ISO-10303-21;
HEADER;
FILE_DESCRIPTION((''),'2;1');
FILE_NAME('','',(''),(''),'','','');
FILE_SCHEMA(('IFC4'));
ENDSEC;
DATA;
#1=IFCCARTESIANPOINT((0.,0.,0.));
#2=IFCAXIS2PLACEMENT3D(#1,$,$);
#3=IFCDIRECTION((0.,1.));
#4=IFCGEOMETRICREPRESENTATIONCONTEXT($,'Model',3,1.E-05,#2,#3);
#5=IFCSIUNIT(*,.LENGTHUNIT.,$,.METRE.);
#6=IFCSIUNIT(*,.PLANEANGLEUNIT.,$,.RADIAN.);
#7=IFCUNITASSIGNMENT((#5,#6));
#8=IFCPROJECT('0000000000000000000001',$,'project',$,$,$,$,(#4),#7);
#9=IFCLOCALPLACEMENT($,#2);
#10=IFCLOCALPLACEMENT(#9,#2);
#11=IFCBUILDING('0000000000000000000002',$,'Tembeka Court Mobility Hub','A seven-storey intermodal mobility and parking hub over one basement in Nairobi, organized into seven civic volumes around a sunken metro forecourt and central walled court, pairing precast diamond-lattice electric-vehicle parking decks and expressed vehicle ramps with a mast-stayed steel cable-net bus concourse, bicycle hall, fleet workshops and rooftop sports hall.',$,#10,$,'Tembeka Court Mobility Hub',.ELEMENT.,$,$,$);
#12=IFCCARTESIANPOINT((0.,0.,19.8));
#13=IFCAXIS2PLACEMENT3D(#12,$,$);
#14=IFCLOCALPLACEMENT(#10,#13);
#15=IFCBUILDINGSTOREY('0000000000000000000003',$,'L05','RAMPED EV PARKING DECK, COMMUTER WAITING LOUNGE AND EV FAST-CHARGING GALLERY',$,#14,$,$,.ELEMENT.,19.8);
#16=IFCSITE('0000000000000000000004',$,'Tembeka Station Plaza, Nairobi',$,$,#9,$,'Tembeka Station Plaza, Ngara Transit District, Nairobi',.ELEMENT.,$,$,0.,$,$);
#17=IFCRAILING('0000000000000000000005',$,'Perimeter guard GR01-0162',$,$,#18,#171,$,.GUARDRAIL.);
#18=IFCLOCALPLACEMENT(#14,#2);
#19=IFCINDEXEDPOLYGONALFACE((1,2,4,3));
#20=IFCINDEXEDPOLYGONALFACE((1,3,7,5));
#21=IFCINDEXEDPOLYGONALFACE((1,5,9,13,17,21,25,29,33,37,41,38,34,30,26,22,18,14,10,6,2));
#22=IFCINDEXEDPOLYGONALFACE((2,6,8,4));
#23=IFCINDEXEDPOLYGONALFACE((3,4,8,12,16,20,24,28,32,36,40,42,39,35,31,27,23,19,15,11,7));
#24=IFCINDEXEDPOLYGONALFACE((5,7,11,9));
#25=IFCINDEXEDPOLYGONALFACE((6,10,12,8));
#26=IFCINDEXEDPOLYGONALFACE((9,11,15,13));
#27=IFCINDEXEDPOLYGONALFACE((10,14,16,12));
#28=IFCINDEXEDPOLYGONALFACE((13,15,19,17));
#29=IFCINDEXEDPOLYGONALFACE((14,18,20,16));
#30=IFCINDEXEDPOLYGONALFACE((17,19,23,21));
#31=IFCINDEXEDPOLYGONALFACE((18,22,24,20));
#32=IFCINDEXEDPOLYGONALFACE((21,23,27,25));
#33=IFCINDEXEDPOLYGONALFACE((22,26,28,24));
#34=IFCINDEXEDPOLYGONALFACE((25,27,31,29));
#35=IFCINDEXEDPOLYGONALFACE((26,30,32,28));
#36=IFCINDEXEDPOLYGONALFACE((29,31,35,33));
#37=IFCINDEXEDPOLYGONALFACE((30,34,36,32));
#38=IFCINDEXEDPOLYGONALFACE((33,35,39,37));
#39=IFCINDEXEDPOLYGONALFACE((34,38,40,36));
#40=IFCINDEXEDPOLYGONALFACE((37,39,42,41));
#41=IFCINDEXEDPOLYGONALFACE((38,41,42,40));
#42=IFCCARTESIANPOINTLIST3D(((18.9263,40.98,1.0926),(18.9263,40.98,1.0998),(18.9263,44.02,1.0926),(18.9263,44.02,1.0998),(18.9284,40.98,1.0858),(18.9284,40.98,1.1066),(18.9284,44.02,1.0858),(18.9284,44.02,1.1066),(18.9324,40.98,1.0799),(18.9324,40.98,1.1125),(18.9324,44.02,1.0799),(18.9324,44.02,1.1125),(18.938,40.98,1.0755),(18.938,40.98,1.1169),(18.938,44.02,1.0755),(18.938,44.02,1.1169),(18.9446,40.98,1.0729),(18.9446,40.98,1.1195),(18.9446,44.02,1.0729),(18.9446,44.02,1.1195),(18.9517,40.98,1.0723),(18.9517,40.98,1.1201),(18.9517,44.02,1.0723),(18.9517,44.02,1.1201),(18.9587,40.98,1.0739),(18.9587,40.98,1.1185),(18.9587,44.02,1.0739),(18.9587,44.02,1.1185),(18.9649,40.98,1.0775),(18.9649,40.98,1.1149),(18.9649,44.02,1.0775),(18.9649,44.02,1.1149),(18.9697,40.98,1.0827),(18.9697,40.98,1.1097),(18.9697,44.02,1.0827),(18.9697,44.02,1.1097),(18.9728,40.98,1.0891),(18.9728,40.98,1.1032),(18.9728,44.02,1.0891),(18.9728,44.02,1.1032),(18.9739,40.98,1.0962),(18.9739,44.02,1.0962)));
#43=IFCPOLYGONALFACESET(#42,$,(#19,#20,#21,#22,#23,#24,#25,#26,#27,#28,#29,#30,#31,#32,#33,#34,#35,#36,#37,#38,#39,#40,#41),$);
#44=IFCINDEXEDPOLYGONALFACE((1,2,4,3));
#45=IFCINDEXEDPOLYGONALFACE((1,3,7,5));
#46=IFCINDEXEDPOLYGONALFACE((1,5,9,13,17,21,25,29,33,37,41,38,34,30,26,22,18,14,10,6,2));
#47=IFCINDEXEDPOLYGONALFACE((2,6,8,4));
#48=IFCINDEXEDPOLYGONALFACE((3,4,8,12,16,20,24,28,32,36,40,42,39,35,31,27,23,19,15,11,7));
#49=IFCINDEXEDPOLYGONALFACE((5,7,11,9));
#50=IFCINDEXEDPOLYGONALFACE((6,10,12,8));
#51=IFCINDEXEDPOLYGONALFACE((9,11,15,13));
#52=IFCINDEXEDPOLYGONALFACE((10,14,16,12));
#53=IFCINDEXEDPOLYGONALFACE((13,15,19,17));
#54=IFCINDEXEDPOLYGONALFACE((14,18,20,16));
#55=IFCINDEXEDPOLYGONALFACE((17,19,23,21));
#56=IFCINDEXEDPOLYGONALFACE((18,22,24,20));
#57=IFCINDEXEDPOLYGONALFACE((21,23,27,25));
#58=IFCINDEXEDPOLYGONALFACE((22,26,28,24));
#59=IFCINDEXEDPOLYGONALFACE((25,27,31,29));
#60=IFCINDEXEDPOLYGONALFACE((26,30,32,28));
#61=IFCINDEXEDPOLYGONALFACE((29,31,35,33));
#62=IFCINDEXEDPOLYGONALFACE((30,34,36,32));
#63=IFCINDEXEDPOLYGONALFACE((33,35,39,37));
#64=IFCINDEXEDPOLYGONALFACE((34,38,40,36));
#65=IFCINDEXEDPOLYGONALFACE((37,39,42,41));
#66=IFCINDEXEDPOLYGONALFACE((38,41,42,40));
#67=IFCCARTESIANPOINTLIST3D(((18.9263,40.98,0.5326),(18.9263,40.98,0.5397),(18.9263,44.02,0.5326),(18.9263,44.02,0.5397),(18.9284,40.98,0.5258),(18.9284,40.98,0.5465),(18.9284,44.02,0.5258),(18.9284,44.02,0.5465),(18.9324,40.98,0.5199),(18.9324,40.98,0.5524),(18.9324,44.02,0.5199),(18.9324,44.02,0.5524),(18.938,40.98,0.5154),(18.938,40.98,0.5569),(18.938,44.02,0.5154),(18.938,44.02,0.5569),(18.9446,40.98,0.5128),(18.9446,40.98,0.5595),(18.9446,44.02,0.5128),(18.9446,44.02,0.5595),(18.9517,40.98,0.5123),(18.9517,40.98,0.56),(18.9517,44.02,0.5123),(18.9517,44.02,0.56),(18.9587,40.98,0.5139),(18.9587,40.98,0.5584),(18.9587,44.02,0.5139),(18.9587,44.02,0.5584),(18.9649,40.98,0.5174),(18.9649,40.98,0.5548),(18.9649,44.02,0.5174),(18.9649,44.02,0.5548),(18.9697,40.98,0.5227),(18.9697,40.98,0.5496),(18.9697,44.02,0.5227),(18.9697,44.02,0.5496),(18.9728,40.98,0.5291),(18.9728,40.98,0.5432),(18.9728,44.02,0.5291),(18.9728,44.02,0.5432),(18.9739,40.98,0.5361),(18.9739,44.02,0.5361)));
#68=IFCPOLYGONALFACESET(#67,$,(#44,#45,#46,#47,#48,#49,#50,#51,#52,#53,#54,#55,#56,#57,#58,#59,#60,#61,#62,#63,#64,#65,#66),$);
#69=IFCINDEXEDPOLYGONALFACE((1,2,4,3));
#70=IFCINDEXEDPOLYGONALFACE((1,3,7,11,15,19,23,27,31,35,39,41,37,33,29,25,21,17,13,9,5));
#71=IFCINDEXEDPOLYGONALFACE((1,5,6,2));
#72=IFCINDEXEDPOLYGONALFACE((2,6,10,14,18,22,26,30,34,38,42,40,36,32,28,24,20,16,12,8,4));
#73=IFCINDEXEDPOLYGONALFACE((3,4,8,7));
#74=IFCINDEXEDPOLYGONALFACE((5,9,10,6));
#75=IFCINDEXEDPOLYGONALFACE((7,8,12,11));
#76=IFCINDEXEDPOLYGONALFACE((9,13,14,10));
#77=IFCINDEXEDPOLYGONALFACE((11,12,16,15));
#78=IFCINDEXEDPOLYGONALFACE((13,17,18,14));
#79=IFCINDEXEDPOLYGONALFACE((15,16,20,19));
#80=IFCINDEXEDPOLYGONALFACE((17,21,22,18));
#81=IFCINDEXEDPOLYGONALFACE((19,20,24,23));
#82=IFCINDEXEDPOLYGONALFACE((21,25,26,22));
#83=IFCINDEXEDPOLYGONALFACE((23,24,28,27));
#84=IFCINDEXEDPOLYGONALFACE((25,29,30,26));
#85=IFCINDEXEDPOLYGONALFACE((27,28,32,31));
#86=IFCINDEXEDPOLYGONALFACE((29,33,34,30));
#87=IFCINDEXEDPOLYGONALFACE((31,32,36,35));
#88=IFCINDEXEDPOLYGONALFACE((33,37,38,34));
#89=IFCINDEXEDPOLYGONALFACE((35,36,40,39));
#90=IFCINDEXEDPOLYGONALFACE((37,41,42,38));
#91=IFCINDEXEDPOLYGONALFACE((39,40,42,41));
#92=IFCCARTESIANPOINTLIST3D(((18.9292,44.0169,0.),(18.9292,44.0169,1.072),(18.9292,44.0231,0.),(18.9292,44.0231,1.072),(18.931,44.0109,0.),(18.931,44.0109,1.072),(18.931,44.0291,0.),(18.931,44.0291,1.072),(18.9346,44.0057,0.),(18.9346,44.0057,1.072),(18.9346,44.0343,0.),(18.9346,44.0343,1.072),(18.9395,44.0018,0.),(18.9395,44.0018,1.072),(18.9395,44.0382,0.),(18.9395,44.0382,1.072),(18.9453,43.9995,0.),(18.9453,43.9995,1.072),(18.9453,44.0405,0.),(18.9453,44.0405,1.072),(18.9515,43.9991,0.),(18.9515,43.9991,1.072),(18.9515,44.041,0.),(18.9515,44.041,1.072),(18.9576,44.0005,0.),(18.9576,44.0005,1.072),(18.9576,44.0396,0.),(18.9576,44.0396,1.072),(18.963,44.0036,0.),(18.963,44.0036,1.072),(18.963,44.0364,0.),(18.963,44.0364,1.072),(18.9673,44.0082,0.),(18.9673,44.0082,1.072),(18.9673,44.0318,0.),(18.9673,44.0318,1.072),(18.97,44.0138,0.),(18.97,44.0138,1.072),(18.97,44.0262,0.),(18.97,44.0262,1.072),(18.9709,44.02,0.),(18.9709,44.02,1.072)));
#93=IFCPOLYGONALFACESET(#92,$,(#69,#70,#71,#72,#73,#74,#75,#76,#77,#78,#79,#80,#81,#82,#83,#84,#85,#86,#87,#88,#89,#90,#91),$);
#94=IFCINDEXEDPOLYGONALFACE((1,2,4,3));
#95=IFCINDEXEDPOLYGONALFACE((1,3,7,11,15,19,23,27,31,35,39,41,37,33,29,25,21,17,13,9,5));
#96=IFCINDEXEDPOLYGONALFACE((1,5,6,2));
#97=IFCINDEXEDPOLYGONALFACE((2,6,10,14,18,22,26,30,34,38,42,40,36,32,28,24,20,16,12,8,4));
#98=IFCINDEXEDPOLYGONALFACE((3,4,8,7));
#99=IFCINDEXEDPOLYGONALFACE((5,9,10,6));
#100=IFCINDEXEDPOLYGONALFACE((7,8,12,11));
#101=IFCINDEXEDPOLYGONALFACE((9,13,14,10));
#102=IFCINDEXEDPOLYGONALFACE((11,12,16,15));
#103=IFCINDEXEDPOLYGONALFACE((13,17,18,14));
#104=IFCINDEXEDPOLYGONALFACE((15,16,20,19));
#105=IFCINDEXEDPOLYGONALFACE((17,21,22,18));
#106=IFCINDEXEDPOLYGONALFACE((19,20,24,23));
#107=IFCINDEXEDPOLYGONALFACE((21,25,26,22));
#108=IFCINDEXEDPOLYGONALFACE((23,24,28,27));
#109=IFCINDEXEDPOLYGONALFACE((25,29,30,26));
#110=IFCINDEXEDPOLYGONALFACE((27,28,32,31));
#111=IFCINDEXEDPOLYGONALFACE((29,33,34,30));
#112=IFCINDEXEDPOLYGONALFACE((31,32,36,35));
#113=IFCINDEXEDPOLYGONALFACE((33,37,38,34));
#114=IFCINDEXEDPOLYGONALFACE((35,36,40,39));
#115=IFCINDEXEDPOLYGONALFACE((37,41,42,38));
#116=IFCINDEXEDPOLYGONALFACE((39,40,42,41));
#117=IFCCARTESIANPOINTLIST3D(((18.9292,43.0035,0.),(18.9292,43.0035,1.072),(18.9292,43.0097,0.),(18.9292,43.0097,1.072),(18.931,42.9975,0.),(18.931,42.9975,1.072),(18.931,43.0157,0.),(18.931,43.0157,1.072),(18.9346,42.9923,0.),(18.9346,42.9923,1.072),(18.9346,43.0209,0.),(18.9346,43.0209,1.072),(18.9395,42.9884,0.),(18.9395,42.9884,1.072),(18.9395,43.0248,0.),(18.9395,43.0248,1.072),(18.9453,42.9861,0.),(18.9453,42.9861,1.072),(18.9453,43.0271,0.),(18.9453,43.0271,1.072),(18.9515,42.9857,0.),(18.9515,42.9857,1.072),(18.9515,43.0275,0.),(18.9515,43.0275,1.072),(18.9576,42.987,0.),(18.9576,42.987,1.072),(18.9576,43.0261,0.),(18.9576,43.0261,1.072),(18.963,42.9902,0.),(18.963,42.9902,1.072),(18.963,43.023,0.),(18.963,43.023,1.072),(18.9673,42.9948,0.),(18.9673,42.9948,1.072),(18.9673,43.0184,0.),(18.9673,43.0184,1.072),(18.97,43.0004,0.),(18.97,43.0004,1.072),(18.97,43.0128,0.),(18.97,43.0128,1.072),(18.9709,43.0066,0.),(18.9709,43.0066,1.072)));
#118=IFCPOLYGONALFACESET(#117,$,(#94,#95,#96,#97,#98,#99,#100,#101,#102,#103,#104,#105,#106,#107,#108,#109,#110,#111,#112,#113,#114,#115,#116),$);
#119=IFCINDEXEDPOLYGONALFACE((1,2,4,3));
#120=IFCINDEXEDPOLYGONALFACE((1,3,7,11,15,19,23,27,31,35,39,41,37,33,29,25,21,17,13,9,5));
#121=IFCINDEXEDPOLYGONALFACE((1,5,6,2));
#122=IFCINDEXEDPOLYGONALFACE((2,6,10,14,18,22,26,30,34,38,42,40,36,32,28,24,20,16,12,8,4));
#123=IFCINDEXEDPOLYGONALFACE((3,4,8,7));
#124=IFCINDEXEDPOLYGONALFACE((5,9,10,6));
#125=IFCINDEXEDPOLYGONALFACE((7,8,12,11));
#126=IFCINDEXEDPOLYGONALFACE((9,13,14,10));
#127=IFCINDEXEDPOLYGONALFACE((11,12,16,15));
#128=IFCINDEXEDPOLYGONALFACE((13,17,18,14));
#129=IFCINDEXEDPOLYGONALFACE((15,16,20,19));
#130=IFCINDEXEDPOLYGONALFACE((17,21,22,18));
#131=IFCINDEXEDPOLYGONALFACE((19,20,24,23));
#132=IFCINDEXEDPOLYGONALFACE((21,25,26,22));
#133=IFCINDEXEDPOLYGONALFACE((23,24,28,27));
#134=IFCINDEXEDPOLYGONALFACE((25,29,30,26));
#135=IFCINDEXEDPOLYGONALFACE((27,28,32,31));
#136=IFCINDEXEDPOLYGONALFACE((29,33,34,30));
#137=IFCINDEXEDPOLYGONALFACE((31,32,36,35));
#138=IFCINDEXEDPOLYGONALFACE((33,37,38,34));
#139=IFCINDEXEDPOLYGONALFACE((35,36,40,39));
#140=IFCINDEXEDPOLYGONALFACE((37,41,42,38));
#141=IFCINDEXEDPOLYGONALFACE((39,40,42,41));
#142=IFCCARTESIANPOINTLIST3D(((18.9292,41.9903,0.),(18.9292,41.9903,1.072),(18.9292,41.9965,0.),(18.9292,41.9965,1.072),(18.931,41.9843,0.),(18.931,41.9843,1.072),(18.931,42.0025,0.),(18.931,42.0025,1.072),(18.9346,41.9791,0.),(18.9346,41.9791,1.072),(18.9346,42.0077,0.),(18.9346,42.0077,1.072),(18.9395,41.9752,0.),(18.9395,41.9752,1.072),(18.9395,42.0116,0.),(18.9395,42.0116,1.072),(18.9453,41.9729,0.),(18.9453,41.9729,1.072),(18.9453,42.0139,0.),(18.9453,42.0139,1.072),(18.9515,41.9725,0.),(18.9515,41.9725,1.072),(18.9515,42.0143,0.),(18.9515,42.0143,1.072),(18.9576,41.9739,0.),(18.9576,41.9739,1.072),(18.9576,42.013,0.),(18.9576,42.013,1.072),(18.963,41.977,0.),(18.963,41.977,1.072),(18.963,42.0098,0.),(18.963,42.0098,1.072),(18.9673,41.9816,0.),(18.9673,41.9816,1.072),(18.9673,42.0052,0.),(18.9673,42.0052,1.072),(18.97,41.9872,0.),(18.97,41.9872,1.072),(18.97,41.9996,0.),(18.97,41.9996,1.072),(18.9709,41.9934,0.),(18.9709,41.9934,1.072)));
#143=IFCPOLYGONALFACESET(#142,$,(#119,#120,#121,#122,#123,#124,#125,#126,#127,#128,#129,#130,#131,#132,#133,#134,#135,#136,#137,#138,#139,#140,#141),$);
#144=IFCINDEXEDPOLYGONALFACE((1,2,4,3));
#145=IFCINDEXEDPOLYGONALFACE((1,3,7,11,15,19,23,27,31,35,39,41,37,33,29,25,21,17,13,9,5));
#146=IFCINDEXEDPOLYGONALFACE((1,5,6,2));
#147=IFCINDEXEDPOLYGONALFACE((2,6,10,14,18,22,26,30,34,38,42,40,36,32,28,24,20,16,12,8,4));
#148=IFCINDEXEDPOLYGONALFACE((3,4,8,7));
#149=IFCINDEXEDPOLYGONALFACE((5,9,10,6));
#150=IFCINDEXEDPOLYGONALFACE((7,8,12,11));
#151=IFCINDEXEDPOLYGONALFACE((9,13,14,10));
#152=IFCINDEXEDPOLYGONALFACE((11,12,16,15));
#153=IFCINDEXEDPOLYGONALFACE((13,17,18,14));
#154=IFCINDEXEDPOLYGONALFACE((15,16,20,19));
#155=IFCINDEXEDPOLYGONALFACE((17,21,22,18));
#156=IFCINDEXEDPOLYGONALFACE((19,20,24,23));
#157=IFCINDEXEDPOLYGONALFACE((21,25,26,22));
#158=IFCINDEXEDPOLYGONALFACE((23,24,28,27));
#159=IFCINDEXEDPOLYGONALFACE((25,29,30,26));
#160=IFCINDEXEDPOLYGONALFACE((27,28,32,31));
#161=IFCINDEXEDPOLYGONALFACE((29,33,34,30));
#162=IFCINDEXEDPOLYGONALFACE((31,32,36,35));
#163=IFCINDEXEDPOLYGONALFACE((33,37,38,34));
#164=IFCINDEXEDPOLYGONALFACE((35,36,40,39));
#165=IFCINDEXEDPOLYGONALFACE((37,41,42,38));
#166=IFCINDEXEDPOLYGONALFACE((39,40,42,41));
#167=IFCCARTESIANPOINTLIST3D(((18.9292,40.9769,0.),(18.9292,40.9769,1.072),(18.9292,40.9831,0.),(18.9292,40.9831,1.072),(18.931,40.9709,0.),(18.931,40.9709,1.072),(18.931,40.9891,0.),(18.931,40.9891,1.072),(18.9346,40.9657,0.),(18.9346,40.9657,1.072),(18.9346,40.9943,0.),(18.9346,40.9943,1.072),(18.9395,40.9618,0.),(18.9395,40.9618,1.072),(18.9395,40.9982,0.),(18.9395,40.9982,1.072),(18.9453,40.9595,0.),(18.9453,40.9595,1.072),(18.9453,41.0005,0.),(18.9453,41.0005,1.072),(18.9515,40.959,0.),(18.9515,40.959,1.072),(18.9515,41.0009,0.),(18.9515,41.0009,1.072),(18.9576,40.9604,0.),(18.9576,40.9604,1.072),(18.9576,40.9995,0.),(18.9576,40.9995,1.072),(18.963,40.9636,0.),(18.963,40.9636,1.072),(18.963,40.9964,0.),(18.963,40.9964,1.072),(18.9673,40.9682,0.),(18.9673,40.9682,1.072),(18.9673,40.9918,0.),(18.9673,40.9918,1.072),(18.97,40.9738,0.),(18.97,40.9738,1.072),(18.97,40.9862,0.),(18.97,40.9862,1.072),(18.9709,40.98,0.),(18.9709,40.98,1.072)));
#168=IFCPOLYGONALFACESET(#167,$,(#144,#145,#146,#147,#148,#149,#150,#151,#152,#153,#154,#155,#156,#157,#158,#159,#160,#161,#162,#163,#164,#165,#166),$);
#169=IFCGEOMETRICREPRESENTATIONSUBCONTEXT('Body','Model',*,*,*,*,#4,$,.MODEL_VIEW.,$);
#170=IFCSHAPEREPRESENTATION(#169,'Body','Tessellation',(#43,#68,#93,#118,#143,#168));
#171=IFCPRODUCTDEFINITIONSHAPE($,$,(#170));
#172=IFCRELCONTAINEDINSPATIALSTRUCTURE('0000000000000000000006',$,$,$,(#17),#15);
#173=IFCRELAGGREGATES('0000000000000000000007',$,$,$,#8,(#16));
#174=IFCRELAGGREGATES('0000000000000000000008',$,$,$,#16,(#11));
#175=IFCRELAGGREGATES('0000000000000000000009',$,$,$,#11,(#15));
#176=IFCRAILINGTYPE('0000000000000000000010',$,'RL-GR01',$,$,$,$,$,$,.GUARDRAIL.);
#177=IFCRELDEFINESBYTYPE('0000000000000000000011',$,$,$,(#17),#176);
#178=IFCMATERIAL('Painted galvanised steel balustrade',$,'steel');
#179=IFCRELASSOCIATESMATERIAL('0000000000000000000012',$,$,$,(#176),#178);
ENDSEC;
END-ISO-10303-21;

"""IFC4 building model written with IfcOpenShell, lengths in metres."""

from ifc_helpers import new_model, si_unit, direction, frame, origin, origin_2d, place, context, subcontext, project, spatial, circle, extrude, material, type_object, element, save


model = new_model("IFC4")

# Units and contexts
model_context = context("Model", 3, precision=1e-05, world=origin(), true_north=direction((0.0, 1.0)))
body_context = subcontext(model_context, "Body", "Model", "MODEL_VIEW")
ifc_project = project(units=[si_unit("LENGTHUNIT", "METRE"), si_unit("PLANEANGLEUNIT", "RADIAN")], contexts=[model_context])

# Site, building, storey
site_placement = place(None, origin())
site = spatial("IfcSite", under=ifc_project, at=site_placement, Name="Tembeka Station Plaza, Nairobi", LongName="Tembeka Station Plaza, Ngara Transit District, Nairobi", CompositionType="ELEMENT", RefElevation=0.0)
building_placement = place(site_placement, origin())
building = spatial("IfcBuilding", under=site, at=building_placement, Name="Tembeka Court Mobility Hub", Description="A seven-storey intermodal mobility and parking hub over one basement in Nairobi, organized into seven civic volumes around a sunken metro forecourt and central walled court, pairing precast diamond-lattice electric-vehicle parking decks and expressed vehicle ramps with a mast-stayed steel cable-net bus concourse, bicycle hall, fleet workshops and rooftop sports hall.", LongName="Tembeka Court Mobility Hub", CompositionType="ELEMENT")
storey_placement = place(building_placement, frame((0.0, 0.0, 19.8)))
storey = spatial("IfcBuildingStorey", under=building, at=storey_placement, Name="L05", Description="RAMPED EV PARKING DECK, COMMUTER WAITING LOUNGE AND EV FAST-CHARGING GALLERY", CompositionType="ELEMENT", Elevation=19.8)

# Railing
ifc_material_1 = material(Name="Painted galvanised steel balustrade", Category="steel")
railing_type = type_object("IfcRailingType", Name="RL-GR01", PredefinedType="GUARDRAIL", material=ifc_material_1)
railing_1_placement = place(storey_placement, frame((18.95, 44.02, 0.0)))
element("IfcRailing", 1, at=railing_1_placement, inside=storey, type_object=railing_type, Name="Perimeter guard GR01-0162", PredefinedType="GUARDRAIL", context=body_context, shape_type="SweptSolid", body=[
    extrude(circle(Radius=0.0239, at=origin_2d()), frame((0.0, 0.0, 1.0962), z_axis=(0.0, -1.0, 0.0), x_axis=(1.0, 0.0, 0.0)), (0.0, 0.0, 1.0), 3.04),
    extrude(circle(Radius=0.0239, at=origin_2d()), frame((0.0, 0.0, 0.5361), z_axis=(0.0, -1.0, 0.0), x_axis=(1.0, 0.0, 0.0)), (0.0, 0.0, 1.0), 3.04),
    extrude(circle(Radius=0.021, at=origin_2d()), origin(), (0.0, 0.0, 1.0), 1.072),
    extrude(circle(Radius=0.021, at=origin_2d()), frame((0.0, -1.0134, 0.0)), (0.0, 0.0, 1.0), 1.072),
    extrude(circle(Radius=0.021, at=origin_2d()), frame((0.0, -2.0266, 0.0)), (0.0, 0.0, 1.0), 1.072),
    extrude(circle(Radius=0.021, at=origin_2d()), frame((0.0, -3.04, 0.0)), (0.0, 0.0, 1.0), 1.072),
])

save(model, "model.ifc")
